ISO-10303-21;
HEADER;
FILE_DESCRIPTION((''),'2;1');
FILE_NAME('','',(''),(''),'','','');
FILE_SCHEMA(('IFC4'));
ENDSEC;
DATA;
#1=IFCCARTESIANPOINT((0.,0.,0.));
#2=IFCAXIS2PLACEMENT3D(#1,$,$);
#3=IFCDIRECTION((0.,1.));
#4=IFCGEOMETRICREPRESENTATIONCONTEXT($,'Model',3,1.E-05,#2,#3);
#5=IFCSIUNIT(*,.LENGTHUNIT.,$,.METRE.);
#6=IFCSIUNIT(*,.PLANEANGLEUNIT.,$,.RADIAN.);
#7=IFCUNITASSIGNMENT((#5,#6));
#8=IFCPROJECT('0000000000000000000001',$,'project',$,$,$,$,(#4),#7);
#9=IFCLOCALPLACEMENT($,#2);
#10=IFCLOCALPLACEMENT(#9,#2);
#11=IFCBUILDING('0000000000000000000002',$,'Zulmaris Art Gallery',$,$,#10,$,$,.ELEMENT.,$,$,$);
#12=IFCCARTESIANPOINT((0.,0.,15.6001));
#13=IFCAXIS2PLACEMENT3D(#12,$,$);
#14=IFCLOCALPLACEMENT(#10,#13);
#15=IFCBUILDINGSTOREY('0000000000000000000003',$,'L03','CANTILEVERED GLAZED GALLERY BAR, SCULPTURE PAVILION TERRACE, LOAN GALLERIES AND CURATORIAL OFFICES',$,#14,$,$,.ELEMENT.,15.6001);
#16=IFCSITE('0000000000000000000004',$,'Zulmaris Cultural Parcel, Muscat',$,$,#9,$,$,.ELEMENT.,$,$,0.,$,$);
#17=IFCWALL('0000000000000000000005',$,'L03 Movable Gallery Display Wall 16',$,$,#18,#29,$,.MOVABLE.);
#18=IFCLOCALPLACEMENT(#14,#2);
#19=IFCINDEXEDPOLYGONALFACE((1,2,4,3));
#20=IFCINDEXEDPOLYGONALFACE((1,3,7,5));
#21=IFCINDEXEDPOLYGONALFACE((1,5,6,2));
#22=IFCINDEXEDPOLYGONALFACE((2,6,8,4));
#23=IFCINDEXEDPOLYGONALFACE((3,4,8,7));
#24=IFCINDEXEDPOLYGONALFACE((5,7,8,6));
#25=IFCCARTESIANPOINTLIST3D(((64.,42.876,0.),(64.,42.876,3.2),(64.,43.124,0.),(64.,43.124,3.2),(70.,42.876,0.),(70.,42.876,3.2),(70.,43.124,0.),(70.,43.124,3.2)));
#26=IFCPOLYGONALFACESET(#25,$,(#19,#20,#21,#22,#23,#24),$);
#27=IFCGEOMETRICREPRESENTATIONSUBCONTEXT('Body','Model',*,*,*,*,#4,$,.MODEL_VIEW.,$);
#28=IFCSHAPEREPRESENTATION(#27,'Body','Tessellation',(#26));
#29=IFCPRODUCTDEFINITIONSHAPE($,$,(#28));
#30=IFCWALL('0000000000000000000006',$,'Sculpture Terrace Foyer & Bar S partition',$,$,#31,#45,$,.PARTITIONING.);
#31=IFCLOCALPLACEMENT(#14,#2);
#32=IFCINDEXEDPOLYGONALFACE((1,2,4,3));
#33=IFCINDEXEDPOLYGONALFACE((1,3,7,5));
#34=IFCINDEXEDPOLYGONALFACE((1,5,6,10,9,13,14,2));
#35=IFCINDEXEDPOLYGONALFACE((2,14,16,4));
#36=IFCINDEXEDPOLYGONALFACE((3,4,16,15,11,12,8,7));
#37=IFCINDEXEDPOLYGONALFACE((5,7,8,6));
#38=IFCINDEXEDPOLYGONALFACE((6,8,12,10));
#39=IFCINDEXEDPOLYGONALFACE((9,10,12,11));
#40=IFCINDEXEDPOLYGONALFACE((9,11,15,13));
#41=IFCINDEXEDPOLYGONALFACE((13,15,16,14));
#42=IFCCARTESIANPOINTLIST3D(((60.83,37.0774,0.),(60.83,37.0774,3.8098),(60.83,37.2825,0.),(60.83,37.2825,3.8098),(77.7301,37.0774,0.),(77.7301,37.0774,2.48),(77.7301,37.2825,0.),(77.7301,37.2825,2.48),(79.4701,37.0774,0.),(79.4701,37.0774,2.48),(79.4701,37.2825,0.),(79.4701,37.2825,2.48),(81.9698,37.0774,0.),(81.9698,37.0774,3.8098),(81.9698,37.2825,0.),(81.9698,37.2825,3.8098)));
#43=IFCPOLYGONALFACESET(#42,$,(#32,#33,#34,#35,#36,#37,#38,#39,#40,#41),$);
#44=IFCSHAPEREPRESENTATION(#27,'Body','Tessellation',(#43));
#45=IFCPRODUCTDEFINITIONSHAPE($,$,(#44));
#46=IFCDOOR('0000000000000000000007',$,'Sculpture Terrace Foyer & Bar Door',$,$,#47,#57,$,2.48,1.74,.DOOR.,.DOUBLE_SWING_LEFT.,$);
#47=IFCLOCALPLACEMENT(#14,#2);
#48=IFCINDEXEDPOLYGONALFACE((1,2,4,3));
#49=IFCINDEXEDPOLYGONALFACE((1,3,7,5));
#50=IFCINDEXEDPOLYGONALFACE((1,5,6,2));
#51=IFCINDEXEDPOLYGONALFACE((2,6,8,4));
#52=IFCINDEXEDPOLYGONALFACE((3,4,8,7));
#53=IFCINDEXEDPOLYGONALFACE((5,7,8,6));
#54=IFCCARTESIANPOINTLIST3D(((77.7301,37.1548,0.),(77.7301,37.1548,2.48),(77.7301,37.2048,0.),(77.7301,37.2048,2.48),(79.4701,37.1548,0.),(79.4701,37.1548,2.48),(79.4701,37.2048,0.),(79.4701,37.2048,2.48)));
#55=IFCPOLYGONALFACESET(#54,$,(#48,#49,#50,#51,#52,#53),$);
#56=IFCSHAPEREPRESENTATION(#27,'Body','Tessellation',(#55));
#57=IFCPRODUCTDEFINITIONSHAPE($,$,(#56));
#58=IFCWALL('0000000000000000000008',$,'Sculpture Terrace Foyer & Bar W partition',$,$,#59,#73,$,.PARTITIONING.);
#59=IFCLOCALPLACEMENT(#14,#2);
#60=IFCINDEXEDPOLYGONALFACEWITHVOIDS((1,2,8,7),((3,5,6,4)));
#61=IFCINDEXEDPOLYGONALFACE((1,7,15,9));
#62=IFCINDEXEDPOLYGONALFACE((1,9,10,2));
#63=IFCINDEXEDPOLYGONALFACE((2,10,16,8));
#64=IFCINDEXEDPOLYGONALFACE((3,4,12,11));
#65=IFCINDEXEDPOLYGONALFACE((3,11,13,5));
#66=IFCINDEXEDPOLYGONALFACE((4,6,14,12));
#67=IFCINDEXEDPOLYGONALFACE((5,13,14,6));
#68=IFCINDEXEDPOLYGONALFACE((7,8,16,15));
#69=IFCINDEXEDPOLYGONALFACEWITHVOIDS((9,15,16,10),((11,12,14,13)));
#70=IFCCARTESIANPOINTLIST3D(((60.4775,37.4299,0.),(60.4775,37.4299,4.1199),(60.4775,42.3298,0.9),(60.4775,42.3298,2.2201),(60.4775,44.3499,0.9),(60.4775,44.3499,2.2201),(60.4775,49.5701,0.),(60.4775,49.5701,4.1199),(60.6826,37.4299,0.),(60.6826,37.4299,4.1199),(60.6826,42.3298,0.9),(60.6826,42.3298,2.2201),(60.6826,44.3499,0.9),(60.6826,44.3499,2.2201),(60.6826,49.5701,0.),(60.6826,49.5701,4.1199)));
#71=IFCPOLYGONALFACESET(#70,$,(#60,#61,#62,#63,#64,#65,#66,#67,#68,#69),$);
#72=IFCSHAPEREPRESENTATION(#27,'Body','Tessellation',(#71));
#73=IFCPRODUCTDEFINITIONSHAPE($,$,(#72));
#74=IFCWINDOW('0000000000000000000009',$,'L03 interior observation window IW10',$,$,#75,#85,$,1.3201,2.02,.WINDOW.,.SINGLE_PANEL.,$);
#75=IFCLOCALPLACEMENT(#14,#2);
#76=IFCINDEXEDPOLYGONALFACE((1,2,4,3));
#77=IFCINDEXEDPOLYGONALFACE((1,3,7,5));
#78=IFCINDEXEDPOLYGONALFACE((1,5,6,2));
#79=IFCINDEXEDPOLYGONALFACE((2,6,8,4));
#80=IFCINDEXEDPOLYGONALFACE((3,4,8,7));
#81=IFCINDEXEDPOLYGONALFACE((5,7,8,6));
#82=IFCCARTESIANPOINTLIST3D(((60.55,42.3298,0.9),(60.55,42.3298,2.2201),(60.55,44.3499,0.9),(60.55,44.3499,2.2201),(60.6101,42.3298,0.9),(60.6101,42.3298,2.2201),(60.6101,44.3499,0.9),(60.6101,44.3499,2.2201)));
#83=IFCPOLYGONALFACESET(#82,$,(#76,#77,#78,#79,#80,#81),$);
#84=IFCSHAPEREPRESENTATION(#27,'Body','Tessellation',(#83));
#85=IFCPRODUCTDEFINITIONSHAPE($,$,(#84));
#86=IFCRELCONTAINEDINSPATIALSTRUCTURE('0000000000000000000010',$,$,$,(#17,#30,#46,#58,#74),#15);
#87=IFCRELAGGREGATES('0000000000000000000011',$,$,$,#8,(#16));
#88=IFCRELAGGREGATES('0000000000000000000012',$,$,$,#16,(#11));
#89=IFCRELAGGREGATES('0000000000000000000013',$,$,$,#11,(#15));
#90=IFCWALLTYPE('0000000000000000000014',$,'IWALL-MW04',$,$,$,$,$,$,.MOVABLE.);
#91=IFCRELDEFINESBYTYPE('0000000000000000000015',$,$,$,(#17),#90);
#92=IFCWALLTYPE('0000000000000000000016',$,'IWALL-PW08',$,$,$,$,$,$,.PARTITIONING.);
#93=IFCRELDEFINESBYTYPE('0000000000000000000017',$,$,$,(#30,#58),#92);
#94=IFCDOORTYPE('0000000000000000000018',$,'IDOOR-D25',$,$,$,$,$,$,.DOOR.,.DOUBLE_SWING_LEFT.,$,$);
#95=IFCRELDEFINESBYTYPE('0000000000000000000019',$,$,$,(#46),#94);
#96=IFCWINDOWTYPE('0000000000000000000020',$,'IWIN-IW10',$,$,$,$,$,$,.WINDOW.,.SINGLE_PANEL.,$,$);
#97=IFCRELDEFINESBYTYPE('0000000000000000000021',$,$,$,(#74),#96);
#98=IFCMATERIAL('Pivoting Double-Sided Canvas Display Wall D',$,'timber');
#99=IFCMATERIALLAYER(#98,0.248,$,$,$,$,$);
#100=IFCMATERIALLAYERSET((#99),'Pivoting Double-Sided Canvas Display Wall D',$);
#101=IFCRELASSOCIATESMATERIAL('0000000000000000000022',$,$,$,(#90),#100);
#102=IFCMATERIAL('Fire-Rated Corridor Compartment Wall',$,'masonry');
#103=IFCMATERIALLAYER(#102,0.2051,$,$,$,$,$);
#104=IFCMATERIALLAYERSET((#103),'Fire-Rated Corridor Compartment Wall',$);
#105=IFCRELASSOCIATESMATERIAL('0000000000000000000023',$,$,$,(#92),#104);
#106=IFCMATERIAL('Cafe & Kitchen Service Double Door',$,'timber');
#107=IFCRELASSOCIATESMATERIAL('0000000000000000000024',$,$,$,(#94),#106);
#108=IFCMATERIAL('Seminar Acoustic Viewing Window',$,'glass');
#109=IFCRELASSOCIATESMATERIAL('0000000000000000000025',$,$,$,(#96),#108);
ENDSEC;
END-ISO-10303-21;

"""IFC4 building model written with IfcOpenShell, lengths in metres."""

from ifc_helpers import new_model, si_unit, direction, frame, frame_2d, origin, place, context, subcontext, project, spatial, rectangle, extrude, material, layer, layer_set, type_object, element, fill, save


model = new_model("IFC4")

# Units and contexts
model_context = context("Model", 3, precision=1e-05, world=origin(), true_north=direction((0.0, 1.0)))
body_context = subcontext(model_context, "Body", "Model", "MODEL_VIEW")
ifc_project = project(units=[si_unit("LENGTHUNIT", "METRE"), si_unit("PLANEANGLEUNIT", "RADIAN")], contexts=[model_context])

# Site, building, storey
site_placement = place(None, origin())
site = spatial("IfcSite", under=ifc_project, at=site_placement, Name="Zulmaris Cultural Parcel, Muscat", CompositionType="ELEMENT", RefElevation=0.0)
building_placement = place(site_placement, origin())
building = spatial("IfcBuilding", under=site, at=building_placement, Name="Zulmaris Art Gallery", CompositionType="ELEMENT")
storey_placement = place(building_placement, frame((0.0, 0.0, 15.6001)))
storey = spatial("IfcBuildingStorey", under=building, at=storey_placement, Name="L03", Description="CANTILEVERED GLAZED GALLERY BAR, SCULPTURE PAVILION TERRACE, LOAN GALLERIES AND CURATORIAL OFFICES", CompositionType="ELEMENT", Elevation=15.6001)

# Wall
ifc_material_1 = material(Name="Pivoting Double-Sided Canvas Display Wall D", Category="timber")
ifc_layer_1 = layer(ifc_material_1, 0.248)
ifc_layer_set_1 = layer_set([ifc_layer_1], Name="Pivoting Double-Sided Canvas Display Wall D")
wall_type_1 = type_object("IfcWallType", Name="IWALL-MW04", PredefinedType="MOVABLE", material=ifc_layer_set_1)
wall_1_placement = place(storey_placement, frame((64.0, 43.0, 0.0), z_axis=(0.0, 0.0, 1.0), x_axis=(1.0, 0.0, 0.0)))
element("IfcWall", 1, at=wall_1_placement, inside=storey, type_object=wall_type_1, Name="L03 Movable Gallery Display Wall 16", PredefinedType="MOVABLE", context=body_context, shape_type="SweptSolid", body=[
    extrude(rectangle(XDim=6.0, YDim=0.248, at=frame_2d((3.0, 0.0))), origin(), (0.0, 0.0, 1.0), 3.2),
])

# Wall, opening, door
ifc_material_2 = material(Name="Fire-Rated Corridor Compartment Wall", Category="masonry")
ifc_layer_2 = layer(ifc_material_2, 0.2051)
ifc_layer_set_2 = layer_set([ifc_layer_2], Name="Fire-Rated Corridor Compartment Wall")
wall_type_2 = type_object("IfcWallType", Name="IWALL-PW08", PredefinedType="PARTITIONING", material=ifc_layer_set_2)
wall_2_placement = place(storey_placement, frame((60.8301, 37.1799, 0.0), z_axis=(0.0, 0.0, 1.0), x_axis=(1.0, 0.0, 0.0)))
wall_2 = element("IfcWall", 2, at=wall_2_placement, inside=storey, type_object=wall_type_2, Name="Sculpture Terrace Foyer & Bar S partition", PredefinedType="PARTITIONING", context=body_context, shape_type="SweptSolid", body=[
    extrude(rectangle(XDim=21.1399, YDim=0.2051, at=frame_2d((10.5698, 0.0))), origin(), (0.0, 0.0, 1.0), 3.8098),
])
opening_1_placement = place(wall_2_placement, frame((16.8999, 0.0, 0.0)))
opening_1 = element("IfcOpeningElement", 3, at=opening_1_placement, cuts=wall_2, PredefinedType="OPENING", context=body_context, shape_type="SweptSolid", body=[
    extrude(rectangle(XDim=1.74, YDim=2.48, at=frame_2d((0.8701, 1.24))), frame((0.0, 0.1125, 0.0), z_axis=(0.0, -1.0, 0.0), x_axis=(1.0, 0.0, 0.0)), (0.0, 0.0, 1.0), 0.2251),
])
ifc_material_3 = material(Name="Cafe & Kitchen Service Double Door", Category="timber")
door_type = type_object("IfcDoorType", Name="IDOOR-D25", OperationType="DOUBLE_SWING_LEFT", PredefinedType="DOOR", material=ifc_material_3)
door_placement = place(opening_1_placement, origin())
door = element("IfcDoor", 4, at=door_placement, inside=storey, type_object=door_type, Name="Sculpture Terrace Foyer & Bar Door", OperationType="DOUBLE_SWING_LEFT", OverallHeight=2.48, OverallWidth=1.74, PredefinedType="DOOR", context=body_context, shape_type="SweptSolid", body=[
    extrude(rectangle(XDim=1.74, YDim=2.48, at=frame_2d((0.8701, 1.24))), frame((0.0, 0.0249, 0.0), z_axis=(0.0, -1.0, 0.0), x_axis=(1.0, 0.0, 0.0)), (0.0, 0.0, 1.0), 0.05),
])
fill(opening_1, door)

# Wall, opening, window
wall_3_placement = place(storey_placement, frame((60.5801, 37.4299, 0.0), z_axis=(0.0, 0.0, 1.0), x_axis=(0.0, 1.0, 0.0)))
wall_3 = element("IfcWall", 5, at=wall_3_placement, inside=storey, type_object=wall_type_2, Name="Sculpture Terrace Foyer & Bar W partition", PredefinedType="PARTITIONING", context=body_context, shape_type="SweptSolid", body=[
    extrude(rectangle(XDim=12.1401, YDim=0.2051, at=frame_2d((6.0701, 0.0))), origin(), (0.0, 0.0, 1.0), 4.1199),
])
opening_2_placement = place(wall_3_placement, frame((4.8999, 0.0, 0.8999)))
opening_2 = element("IfcOpeningElement", 6, at=opening_2_placement, cuts=wall_3, PredefinedType="OPENING", context=body_context, shape_type="SweptSolid", body=[
    extrude(rectangle(XDim=2.02, YDim=1.3201, at=frame_2d((1.01, 0.6602))), frame((0.0, 0.1125, 0.0), z_axis=(0.0, -1.0, 0.0), x_axis=(1.0, 0.0, 0.0)), (0.0, 0.0, 1.0), 0.2251),
])
ifc_material_4 = material(Name="Seminar Acoustic Viewing Window", Category="glass")
window_type = type_object("IfcWindowType", Name="IWIN-IW10", PartitioningType="SINGLE_PANEL", PredefinedType="WINDOW", material=ifc_material_4)
window_placement = place(opening_2_placement, origin())
window = element("IfcWindow", 7, at=window_placement, inside=storey, type_object=window_type, Name="L03 interior observation window IW10", OverallHeight=1.3201, OverallWidth=2.02, PartitioningType="SINGLE_PANEL", PredefinedType="WINDOW", context=body_context, shape_type="SweptSolid", body=[
    extrude(rectangle(XDim=2.02, YDim=1.3201, at=frame_2d((1.01, 0.6602))), frame((0.0, 0.03, 0.0), z_axis=(0.0, -1.0, 0.0), x_axis=(1.0, 0.0, 0.0)), (0.0, 0.0, 1.0), 0.0601),
])
fill(opening_2, window)

save(model, "model.ifc")
